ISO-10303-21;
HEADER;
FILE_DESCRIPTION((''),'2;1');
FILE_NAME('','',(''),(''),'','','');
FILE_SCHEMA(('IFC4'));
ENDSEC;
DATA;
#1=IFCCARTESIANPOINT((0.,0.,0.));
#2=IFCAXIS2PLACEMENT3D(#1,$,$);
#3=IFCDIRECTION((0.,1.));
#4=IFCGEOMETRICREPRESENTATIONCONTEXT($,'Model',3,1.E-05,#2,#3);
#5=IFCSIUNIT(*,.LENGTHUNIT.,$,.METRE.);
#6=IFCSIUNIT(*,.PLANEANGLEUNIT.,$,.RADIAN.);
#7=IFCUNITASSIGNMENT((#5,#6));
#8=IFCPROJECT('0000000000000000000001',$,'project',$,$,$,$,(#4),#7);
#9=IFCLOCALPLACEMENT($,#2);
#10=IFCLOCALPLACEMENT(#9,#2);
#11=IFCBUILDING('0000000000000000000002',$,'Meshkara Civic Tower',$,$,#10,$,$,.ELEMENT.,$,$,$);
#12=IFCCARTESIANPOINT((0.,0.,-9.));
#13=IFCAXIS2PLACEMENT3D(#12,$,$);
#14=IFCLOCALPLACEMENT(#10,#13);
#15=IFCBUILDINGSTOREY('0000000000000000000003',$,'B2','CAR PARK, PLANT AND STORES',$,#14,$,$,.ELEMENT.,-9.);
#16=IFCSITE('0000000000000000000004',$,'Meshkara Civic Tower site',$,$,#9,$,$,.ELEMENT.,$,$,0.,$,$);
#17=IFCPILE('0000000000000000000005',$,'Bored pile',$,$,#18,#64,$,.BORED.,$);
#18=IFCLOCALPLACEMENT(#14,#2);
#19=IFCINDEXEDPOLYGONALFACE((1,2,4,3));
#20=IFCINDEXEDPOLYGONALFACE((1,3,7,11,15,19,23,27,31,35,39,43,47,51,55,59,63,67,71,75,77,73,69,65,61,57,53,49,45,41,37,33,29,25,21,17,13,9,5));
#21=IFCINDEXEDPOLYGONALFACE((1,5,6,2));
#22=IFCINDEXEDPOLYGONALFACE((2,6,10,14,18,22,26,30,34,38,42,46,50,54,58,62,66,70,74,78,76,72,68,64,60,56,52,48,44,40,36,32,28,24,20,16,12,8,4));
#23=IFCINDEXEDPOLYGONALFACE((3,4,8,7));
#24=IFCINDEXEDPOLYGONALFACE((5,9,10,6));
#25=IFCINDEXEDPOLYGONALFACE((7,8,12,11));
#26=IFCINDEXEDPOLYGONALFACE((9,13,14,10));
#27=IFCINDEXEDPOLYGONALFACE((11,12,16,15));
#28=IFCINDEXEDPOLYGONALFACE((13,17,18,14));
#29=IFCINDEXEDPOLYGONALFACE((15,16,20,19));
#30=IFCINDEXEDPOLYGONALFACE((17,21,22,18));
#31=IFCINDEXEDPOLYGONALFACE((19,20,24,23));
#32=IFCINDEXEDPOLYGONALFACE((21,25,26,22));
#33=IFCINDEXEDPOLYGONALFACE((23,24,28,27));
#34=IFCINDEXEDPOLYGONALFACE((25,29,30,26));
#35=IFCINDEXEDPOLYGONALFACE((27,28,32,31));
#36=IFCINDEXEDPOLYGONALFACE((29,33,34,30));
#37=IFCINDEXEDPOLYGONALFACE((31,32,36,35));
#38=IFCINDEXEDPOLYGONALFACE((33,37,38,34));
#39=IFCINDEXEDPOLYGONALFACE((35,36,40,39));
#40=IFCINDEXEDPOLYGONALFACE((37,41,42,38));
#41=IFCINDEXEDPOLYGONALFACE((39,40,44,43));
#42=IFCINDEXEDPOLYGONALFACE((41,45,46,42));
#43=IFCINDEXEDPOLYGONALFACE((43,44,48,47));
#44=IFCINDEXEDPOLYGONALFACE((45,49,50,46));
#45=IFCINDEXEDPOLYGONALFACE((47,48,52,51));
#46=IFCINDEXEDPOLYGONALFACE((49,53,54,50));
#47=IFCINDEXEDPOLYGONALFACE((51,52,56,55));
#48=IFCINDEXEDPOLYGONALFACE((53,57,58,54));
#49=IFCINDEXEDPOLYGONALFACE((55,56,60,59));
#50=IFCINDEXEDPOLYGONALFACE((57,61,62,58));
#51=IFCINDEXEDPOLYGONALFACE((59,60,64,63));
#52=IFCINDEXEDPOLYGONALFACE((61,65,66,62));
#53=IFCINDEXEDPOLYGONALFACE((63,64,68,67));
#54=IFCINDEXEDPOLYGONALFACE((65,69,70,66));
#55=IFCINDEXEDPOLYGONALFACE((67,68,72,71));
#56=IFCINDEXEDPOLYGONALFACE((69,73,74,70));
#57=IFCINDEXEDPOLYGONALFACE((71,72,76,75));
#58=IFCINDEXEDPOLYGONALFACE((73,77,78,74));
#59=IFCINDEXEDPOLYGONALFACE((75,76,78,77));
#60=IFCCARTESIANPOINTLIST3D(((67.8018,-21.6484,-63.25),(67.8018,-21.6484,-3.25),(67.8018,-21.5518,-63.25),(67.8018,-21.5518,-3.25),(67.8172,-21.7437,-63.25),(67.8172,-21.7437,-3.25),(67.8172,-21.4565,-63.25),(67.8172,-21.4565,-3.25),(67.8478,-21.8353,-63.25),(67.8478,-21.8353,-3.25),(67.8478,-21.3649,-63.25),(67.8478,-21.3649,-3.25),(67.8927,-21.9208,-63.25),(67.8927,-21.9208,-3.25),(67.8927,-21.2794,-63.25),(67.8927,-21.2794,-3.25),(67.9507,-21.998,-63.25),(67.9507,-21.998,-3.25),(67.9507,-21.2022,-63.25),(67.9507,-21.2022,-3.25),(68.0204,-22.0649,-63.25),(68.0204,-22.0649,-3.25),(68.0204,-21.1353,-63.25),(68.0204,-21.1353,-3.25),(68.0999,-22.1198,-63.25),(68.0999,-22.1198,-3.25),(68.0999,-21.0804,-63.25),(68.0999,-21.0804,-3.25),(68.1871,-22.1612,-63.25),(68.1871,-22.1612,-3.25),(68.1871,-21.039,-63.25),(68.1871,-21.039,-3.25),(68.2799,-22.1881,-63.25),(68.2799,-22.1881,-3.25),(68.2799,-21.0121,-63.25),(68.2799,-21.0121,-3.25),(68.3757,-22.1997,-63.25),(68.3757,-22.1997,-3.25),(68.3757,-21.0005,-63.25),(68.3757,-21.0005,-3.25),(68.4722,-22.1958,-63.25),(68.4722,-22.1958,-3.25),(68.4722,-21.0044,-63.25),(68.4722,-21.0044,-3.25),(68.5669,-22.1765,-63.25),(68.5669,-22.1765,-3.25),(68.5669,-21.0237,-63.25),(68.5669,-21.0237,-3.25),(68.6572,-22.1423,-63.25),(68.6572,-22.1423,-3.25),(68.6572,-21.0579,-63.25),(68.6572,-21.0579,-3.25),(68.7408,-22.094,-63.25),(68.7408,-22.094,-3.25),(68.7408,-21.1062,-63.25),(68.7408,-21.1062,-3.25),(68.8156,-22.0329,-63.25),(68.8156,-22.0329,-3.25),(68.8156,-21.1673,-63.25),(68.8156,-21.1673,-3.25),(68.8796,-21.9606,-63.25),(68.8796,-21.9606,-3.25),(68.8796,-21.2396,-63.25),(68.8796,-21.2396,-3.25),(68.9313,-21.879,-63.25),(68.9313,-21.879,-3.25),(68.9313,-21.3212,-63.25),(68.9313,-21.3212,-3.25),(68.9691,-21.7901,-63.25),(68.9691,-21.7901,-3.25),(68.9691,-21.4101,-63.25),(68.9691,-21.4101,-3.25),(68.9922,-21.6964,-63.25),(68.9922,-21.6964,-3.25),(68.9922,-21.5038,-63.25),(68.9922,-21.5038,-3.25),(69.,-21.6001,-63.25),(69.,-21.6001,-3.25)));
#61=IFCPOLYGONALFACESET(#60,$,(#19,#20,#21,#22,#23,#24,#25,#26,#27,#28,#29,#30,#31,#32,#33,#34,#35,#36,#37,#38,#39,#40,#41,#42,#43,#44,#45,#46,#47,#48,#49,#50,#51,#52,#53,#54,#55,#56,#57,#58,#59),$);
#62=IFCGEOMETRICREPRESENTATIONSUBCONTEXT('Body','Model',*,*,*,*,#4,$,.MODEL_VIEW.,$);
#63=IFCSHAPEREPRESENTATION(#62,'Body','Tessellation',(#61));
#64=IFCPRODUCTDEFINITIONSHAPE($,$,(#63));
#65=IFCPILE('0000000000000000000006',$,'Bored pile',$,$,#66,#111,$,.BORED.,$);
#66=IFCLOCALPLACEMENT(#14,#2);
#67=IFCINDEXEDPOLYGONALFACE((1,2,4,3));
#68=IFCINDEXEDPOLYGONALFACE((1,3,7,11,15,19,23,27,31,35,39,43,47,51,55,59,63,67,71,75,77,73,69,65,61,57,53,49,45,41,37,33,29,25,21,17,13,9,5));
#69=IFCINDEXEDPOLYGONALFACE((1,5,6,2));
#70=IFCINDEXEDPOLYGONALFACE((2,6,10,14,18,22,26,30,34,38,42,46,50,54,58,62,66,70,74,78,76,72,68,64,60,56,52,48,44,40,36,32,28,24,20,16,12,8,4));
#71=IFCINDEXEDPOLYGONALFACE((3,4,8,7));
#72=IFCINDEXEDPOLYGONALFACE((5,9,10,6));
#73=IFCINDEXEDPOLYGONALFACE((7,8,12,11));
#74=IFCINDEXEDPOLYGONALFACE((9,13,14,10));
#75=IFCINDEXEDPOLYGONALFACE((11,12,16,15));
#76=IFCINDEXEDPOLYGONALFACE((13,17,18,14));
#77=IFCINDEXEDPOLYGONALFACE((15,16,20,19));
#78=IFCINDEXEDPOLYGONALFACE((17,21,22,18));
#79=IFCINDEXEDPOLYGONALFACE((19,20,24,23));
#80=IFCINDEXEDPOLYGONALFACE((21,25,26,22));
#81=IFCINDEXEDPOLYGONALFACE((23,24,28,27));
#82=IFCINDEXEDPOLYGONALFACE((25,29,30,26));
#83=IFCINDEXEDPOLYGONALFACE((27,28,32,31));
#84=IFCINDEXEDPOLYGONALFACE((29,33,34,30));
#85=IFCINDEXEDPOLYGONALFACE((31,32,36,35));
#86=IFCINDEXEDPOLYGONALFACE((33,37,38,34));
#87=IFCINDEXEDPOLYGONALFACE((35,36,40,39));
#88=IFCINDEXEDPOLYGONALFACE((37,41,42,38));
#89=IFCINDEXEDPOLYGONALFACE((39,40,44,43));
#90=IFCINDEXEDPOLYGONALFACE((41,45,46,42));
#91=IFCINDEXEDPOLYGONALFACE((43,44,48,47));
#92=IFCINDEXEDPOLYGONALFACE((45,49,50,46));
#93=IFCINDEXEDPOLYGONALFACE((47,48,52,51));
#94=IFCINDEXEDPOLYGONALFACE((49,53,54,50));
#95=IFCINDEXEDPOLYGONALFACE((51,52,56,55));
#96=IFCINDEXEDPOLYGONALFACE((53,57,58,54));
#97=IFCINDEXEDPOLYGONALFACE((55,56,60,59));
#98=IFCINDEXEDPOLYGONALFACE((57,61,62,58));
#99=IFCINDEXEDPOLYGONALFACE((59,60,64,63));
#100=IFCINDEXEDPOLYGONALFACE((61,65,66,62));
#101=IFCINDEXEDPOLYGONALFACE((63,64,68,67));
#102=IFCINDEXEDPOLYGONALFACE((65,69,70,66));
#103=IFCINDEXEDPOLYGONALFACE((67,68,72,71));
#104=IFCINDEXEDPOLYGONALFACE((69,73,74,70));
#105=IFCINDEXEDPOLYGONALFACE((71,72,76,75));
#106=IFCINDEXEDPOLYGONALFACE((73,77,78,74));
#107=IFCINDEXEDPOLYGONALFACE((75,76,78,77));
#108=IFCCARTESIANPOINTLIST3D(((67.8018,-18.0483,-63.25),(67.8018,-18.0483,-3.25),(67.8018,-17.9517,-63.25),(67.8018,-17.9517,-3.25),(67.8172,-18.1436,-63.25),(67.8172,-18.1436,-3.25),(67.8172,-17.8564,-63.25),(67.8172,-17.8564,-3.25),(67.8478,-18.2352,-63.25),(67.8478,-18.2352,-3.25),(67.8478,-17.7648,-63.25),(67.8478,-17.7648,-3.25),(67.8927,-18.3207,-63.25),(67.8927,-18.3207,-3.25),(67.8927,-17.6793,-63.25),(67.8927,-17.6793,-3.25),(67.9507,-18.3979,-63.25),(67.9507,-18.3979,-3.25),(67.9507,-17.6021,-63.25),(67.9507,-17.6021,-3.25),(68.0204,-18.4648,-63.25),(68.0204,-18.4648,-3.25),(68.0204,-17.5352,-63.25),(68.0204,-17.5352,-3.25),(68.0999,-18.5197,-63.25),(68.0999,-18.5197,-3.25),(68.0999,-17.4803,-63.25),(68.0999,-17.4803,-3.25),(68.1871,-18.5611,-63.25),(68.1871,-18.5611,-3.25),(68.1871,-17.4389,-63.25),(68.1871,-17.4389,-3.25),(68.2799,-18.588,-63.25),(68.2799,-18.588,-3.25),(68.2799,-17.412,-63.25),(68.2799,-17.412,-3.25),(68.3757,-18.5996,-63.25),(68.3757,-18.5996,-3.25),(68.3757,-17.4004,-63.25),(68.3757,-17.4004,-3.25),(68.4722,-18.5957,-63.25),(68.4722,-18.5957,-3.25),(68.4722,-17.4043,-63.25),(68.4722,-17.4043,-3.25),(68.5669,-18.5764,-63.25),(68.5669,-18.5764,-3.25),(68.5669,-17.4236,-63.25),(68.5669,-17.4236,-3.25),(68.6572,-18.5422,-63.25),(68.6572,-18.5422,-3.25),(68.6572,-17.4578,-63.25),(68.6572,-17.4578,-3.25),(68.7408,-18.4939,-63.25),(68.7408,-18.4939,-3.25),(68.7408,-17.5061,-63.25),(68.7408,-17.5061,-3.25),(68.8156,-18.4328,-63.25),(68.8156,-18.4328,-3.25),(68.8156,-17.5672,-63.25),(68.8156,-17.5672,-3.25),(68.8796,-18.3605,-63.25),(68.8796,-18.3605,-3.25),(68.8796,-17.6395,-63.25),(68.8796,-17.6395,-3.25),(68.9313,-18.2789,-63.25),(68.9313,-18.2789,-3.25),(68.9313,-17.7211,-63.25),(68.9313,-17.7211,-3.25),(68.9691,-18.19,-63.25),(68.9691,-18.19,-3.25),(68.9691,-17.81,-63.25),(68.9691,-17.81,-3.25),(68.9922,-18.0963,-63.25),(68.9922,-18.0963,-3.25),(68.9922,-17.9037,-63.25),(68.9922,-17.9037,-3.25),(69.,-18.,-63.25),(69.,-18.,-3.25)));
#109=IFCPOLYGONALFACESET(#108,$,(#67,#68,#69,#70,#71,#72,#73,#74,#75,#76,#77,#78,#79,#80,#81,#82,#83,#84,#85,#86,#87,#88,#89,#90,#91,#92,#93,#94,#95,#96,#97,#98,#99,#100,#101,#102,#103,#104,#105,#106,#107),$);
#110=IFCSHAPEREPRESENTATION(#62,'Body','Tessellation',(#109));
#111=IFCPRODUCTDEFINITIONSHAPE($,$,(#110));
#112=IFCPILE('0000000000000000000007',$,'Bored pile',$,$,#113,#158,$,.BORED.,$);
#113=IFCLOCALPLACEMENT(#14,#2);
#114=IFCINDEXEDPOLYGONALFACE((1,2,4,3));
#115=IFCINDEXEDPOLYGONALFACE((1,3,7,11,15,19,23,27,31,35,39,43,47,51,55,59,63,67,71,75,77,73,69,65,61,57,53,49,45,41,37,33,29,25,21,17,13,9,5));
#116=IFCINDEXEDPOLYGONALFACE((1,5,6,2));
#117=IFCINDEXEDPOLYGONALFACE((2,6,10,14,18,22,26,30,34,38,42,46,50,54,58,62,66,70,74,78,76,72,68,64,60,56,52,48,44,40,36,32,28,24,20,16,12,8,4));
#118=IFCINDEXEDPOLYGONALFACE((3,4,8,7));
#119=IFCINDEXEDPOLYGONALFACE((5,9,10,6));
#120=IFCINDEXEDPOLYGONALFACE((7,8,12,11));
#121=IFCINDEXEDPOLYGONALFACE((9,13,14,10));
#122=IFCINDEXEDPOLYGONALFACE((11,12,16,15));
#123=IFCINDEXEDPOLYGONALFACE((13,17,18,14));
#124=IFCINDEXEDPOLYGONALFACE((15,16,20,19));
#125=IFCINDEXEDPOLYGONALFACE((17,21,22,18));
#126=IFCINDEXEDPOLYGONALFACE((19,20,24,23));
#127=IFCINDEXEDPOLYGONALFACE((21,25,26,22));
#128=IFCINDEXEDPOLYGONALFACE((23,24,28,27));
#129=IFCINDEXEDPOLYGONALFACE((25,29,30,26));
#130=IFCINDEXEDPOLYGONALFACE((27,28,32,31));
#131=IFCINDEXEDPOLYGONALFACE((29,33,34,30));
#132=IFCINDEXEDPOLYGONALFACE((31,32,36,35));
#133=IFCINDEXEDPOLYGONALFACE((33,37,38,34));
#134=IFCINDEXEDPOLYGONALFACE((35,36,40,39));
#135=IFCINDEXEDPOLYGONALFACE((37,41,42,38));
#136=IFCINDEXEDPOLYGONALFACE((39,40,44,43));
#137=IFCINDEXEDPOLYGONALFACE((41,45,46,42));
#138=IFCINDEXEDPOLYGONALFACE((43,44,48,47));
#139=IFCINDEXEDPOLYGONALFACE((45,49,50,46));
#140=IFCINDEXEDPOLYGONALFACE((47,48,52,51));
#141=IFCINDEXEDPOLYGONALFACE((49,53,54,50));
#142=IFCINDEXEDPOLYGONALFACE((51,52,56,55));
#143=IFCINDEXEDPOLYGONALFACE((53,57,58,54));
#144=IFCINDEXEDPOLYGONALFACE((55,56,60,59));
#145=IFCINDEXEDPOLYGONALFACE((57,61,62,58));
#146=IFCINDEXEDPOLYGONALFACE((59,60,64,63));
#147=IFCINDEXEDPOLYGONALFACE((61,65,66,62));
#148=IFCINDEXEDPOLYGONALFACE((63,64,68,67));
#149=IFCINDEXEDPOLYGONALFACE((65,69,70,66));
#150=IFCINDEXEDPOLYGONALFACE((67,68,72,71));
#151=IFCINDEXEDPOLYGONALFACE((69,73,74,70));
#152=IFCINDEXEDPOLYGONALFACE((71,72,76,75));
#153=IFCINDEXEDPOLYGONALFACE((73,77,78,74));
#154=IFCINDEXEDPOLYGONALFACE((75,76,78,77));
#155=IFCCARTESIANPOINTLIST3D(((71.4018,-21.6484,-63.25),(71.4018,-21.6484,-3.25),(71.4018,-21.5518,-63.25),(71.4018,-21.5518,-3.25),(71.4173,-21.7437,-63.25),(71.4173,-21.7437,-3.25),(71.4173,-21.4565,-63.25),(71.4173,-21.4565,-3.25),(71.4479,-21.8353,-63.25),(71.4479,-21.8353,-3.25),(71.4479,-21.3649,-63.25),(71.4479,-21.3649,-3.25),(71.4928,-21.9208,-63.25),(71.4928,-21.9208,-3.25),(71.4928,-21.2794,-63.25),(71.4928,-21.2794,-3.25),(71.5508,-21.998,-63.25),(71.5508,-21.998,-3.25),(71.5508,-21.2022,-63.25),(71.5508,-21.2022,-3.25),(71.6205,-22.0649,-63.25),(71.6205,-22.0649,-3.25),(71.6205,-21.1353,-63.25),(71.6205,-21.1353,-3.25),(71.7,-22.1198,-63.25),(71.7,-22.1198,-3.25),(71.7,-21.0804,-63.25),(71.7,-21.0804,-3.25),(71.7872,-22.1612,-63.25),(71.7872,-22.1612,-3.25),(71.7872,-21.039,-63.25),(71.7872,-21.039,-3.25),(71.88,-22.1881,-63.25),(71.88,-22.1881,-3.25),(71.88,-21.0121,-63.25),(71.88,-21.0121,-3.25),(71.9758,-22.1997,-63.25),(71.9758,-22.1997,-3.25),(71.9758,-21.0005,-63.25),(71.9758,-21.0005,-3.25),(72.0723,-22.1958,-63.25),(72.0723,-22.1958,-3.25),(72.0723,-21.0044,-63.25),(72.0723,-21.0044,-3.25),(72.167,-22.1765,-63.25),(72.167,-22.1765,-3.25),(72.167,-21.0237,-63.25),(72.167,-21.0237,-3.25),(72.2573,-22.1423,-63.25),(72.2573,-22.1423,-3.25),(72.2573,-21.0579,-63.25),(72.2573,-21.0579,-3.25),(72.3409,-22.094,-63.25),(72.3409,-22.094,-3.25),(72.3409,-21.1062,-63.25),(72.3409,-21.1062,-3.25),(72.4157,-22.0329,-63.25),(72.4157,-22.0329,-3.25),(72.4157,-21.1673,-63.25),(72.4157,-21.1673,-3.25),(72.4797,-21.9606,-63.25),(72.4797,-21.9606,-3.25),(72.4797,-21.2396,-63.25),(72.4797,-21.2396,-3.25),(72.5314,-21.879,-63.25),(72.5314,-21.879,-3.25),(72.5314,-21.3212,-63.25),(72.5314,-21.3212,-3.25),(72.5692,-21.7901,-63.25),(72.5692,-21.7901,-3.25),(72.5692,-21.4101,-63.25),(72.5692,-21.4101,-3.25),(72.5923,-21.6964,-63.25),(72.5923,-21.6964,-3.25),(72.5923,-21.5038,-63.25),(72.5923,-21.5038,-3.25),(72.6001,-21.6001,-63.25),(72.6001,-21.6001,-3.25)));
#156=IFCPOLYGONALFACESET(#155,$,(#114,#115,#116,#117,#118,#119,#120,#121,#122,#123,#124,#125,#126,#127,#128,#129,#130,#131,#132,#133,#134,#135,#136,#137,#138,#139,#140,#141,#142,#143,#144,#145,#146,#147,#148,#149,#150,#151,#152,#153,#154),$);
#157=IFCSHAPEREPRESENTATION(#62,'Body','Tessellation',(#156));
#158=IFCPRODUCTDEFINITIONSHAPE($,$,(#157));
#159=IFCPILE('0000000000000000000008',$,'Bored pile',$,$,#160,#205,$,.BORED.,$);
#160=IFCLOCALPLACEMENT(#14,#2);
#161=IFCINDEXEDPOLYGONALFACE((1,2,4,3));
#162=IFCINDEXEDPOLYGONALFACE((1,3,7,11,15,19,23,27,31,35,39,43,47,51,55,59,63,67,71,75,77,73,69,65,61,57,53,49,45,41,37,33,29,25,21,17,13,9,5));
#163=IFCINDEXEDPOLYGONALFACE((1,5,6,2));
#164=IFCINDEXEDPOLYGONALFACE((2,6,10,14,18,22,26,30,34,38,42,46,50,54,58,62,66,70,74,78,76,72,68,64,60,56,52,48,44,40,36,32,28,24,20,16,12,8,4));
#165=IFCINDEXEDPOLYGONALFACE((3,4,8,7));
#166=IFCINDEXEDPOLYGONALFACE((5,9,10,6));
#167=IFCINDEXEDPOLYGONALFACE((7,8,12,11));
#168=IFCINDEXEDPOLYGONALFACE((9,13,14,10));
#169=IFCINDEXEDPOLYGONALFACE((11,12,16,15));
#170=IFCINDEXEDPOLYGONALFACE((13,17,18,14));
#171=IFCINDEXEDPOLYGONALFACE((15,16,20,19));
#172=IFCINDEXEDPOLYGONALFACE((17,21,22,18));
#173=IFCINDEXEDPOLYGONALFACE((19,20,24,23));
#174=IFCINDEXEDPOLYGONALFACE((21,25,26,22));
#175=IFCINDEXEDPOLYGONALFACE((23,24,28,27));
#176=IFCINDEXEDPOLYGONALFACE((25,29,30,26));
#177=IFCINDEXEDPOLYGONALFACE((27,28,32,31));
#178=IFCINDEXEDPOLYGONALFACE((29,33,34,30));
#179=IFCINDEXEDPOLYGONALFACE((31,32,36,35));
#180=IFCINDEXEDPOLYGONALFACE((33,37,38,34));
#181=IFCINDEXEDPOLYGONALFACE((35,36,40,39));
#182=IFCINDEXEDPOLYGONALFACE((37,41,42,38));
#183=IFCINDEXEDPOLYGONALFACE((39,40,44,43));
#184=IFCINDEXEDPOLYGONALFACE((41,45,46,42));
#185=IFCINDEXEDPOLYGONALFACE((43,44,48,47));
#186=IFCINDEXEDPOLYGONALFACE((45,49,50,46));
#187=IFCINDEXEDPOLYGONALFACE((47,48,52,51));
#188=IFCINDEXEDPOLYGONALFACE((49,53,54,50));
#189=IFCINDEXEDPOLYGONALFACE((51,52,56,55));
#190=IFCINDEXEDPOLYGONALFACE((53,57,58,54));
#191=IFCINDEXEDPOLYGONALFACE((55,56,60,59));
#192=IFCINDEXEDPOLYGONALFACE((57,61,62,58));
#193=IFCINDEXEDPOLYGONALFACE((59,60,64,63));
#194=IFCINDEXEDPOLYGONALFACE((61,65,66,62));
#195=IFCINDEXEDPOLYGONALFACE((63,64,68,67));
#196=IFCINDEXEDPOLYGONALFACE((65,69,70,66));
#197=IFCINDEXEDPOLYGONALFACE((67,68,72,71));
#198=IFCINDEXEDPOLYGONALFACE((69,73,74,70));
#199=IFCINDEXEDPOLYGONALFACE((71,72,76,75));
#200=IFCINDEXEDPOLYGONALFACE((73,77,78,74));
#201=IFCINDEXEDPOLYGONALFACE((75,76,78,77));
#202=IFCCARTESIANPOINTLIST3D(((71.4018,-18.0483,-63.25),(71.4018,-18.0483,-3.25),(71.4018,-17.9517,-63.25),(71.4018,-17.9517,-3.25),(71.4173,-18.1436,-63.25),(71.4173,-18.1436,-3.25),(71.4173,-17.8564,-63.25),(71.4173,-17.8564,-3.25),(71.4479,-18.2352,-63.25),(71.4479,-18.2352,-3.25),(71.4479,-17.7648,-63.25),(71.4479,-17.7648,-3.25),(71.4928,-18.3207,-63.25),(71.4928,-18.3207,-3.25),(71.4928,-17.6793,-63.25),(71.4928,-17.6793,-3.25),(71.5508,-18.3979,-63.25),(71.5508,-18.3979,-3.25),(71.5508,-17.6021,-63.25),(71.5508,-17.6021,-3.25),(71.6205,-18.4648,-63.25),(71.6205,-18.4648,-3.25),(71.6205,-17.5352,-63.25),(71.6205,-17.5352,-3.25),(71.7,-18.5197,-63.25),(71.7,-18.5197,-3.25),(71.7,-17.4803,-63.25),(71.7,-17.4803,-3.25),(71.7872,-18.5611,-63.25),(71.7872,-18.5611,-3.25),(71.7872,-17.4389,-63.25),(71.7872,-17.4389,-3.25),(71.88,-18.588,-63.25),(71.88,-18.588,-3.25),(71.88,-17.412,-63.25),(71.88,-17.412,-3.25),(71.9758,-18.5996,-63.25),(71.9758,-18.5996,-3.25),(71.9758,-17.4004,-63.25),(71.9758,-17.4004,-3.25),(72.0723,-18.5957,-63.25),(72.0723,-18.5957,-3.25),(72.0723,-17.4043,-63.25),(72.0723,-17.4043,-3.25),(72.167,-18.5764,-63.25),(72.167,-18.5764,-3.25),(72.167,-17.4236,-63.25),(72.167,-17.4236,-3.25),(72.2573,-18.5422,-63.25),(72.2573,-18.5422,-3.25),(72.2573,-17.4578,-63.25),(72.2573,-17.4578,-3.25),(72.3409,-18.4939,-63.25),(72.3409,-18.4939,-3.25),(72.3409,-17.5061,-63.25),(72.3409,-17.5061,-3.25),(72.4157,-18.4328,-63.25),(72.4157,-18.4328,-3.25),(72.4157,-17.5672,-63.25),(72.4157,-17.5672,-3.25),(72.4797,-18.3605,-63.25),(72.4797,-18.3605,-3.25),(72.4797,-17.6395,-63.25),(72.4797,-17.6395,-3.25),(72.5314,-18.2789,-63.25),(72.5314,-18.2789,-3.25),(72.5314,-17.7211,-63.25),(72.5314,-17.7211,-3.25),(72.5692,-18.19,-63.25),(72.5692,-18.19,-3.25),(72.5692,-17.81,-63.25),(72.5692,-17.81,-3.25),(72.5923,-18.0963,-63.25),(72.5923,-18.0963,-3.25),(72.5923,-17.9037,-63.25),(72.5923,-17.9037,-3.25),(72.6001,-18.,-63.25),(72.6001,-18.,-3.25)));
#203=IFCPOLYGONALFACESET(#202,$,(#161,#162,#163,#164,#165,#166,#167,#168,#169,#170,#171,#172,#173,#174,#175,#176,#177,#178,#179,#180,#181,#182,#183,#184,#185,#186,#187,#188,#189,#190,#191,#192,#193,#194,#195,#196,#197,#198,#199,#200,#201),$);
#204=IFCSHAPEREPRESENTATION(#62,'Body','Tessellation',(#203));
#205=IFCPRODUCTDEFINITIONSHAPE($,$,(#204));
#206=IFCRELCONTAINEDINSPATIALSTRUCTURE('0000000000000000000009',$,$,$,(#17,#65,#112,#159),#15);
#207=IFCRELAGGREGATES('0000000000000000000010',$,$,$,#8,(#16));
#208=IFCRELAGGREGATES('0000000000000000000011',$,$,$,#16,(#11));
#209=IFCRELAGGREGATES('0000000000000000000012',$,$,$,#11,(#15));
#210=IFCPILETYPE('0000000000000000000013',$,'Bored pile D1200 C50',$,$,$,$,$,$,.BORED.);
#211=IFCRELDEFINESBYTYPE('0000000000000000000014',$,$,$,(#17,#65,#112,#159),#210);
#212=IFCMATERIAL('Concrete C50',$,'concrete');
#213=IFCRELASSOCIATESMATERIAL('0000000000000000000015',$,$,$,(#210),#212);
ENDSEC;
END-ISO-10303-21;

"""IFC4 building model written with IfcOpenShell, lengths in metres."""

from ifc_helpers import new_model, si_unit, direction, frame, origin, origin_2d, place, context, subcontext, project, spatial, circle, extrude, material, material_profile, profile_set, type_object, element, save


model = new_model("IFC4")

# Units and contexts
model_context = context("Model", 3, precision=1e-05, world=origin(), true_north=direction((0.0, 1.0)))
body_context = subcontext(model_context, "Body", "Model", "MODEL_VIEW")
ifc_project = project(units=[si_unit("LENGTHUNIT", "METRE"), si_unit("PLANEANGLEUNIT", "RADIAN")], contexts=[model_context])

# Site, building, storey
site_placement = place(None, origin())
site = spatial("IfcSite", under=ifc_project, at=site_placement, Name="Meshkara Civic Tower site", CompositionType="ELEMENT", RefElevation=0.0)
building_placement = place(site_placement, origin())
building = spatial("IfcBuilding", under=site, at=building_placement, Name="Meshkara Civic Tower", CompositionType="ELEMENT")
storey_placement = place(building_placement, frame((0.0, 0.0, -9.0)))
storey = spatial("IfcBuildingStorey", under=building, at=storey_placement, Name="B2", Description="CAR PARK, PLANT AND STORES", CompositionType="ELEMENT", Elevation=-9.0)

# Piles
ifc_material_1 = material(Name="Concrete C50", Category="concrete")
ifc_material_profile_1 = material_profile(ifc_material_1, circle(Radius=0.6001, at=origin_2d()))
ifc_profile_set_1 = profile_set([ifc_material_profile_1], Name="Concrete C50")
pile_type = type_object("IfcPileType", Name="Bored pile D1200 C50", PredefinedType="BORED", material=ifc_profile_set_1)
for number, where, z_axis, x_axis, name in (
    (1, (68.3999, -21.6001, -3.25), (0.0, 0.0, -1.0), (1.0, 0.0, 0.0), "Bored pile"),
    (2, (68.3999, -18.0, -3.25), (0.0, 0.0, -1.0), (1.0, 0.0, 0.0), "Bored pile"),
    (3, (72.0, -21.6001, -3.25), (0.0, 0.0, -1.0), (1.0, 0.0, 0.0), "Bored pile"),
    (4, (72.0, -18.0, -3.25), (0.0, 0.0, -1.0), (1.0, 0.0, 0.0), "Bored pile"),
):
    element("IfcPile", number, at=place(storey_placement, frame(where, z_axis=z_axis, x_axis=x_axis)), inside=storey, type_object=pile_type, Name=name, PredefinedType="BORED", context=body_context, shape_type="SweptSolid", body=[
        extrude(circle(Radius=0.6001, at=origin_2d()), origin(), (0.0, 0.0, 1.0), 60.0),
    ])

save(model, "model.ifc")
